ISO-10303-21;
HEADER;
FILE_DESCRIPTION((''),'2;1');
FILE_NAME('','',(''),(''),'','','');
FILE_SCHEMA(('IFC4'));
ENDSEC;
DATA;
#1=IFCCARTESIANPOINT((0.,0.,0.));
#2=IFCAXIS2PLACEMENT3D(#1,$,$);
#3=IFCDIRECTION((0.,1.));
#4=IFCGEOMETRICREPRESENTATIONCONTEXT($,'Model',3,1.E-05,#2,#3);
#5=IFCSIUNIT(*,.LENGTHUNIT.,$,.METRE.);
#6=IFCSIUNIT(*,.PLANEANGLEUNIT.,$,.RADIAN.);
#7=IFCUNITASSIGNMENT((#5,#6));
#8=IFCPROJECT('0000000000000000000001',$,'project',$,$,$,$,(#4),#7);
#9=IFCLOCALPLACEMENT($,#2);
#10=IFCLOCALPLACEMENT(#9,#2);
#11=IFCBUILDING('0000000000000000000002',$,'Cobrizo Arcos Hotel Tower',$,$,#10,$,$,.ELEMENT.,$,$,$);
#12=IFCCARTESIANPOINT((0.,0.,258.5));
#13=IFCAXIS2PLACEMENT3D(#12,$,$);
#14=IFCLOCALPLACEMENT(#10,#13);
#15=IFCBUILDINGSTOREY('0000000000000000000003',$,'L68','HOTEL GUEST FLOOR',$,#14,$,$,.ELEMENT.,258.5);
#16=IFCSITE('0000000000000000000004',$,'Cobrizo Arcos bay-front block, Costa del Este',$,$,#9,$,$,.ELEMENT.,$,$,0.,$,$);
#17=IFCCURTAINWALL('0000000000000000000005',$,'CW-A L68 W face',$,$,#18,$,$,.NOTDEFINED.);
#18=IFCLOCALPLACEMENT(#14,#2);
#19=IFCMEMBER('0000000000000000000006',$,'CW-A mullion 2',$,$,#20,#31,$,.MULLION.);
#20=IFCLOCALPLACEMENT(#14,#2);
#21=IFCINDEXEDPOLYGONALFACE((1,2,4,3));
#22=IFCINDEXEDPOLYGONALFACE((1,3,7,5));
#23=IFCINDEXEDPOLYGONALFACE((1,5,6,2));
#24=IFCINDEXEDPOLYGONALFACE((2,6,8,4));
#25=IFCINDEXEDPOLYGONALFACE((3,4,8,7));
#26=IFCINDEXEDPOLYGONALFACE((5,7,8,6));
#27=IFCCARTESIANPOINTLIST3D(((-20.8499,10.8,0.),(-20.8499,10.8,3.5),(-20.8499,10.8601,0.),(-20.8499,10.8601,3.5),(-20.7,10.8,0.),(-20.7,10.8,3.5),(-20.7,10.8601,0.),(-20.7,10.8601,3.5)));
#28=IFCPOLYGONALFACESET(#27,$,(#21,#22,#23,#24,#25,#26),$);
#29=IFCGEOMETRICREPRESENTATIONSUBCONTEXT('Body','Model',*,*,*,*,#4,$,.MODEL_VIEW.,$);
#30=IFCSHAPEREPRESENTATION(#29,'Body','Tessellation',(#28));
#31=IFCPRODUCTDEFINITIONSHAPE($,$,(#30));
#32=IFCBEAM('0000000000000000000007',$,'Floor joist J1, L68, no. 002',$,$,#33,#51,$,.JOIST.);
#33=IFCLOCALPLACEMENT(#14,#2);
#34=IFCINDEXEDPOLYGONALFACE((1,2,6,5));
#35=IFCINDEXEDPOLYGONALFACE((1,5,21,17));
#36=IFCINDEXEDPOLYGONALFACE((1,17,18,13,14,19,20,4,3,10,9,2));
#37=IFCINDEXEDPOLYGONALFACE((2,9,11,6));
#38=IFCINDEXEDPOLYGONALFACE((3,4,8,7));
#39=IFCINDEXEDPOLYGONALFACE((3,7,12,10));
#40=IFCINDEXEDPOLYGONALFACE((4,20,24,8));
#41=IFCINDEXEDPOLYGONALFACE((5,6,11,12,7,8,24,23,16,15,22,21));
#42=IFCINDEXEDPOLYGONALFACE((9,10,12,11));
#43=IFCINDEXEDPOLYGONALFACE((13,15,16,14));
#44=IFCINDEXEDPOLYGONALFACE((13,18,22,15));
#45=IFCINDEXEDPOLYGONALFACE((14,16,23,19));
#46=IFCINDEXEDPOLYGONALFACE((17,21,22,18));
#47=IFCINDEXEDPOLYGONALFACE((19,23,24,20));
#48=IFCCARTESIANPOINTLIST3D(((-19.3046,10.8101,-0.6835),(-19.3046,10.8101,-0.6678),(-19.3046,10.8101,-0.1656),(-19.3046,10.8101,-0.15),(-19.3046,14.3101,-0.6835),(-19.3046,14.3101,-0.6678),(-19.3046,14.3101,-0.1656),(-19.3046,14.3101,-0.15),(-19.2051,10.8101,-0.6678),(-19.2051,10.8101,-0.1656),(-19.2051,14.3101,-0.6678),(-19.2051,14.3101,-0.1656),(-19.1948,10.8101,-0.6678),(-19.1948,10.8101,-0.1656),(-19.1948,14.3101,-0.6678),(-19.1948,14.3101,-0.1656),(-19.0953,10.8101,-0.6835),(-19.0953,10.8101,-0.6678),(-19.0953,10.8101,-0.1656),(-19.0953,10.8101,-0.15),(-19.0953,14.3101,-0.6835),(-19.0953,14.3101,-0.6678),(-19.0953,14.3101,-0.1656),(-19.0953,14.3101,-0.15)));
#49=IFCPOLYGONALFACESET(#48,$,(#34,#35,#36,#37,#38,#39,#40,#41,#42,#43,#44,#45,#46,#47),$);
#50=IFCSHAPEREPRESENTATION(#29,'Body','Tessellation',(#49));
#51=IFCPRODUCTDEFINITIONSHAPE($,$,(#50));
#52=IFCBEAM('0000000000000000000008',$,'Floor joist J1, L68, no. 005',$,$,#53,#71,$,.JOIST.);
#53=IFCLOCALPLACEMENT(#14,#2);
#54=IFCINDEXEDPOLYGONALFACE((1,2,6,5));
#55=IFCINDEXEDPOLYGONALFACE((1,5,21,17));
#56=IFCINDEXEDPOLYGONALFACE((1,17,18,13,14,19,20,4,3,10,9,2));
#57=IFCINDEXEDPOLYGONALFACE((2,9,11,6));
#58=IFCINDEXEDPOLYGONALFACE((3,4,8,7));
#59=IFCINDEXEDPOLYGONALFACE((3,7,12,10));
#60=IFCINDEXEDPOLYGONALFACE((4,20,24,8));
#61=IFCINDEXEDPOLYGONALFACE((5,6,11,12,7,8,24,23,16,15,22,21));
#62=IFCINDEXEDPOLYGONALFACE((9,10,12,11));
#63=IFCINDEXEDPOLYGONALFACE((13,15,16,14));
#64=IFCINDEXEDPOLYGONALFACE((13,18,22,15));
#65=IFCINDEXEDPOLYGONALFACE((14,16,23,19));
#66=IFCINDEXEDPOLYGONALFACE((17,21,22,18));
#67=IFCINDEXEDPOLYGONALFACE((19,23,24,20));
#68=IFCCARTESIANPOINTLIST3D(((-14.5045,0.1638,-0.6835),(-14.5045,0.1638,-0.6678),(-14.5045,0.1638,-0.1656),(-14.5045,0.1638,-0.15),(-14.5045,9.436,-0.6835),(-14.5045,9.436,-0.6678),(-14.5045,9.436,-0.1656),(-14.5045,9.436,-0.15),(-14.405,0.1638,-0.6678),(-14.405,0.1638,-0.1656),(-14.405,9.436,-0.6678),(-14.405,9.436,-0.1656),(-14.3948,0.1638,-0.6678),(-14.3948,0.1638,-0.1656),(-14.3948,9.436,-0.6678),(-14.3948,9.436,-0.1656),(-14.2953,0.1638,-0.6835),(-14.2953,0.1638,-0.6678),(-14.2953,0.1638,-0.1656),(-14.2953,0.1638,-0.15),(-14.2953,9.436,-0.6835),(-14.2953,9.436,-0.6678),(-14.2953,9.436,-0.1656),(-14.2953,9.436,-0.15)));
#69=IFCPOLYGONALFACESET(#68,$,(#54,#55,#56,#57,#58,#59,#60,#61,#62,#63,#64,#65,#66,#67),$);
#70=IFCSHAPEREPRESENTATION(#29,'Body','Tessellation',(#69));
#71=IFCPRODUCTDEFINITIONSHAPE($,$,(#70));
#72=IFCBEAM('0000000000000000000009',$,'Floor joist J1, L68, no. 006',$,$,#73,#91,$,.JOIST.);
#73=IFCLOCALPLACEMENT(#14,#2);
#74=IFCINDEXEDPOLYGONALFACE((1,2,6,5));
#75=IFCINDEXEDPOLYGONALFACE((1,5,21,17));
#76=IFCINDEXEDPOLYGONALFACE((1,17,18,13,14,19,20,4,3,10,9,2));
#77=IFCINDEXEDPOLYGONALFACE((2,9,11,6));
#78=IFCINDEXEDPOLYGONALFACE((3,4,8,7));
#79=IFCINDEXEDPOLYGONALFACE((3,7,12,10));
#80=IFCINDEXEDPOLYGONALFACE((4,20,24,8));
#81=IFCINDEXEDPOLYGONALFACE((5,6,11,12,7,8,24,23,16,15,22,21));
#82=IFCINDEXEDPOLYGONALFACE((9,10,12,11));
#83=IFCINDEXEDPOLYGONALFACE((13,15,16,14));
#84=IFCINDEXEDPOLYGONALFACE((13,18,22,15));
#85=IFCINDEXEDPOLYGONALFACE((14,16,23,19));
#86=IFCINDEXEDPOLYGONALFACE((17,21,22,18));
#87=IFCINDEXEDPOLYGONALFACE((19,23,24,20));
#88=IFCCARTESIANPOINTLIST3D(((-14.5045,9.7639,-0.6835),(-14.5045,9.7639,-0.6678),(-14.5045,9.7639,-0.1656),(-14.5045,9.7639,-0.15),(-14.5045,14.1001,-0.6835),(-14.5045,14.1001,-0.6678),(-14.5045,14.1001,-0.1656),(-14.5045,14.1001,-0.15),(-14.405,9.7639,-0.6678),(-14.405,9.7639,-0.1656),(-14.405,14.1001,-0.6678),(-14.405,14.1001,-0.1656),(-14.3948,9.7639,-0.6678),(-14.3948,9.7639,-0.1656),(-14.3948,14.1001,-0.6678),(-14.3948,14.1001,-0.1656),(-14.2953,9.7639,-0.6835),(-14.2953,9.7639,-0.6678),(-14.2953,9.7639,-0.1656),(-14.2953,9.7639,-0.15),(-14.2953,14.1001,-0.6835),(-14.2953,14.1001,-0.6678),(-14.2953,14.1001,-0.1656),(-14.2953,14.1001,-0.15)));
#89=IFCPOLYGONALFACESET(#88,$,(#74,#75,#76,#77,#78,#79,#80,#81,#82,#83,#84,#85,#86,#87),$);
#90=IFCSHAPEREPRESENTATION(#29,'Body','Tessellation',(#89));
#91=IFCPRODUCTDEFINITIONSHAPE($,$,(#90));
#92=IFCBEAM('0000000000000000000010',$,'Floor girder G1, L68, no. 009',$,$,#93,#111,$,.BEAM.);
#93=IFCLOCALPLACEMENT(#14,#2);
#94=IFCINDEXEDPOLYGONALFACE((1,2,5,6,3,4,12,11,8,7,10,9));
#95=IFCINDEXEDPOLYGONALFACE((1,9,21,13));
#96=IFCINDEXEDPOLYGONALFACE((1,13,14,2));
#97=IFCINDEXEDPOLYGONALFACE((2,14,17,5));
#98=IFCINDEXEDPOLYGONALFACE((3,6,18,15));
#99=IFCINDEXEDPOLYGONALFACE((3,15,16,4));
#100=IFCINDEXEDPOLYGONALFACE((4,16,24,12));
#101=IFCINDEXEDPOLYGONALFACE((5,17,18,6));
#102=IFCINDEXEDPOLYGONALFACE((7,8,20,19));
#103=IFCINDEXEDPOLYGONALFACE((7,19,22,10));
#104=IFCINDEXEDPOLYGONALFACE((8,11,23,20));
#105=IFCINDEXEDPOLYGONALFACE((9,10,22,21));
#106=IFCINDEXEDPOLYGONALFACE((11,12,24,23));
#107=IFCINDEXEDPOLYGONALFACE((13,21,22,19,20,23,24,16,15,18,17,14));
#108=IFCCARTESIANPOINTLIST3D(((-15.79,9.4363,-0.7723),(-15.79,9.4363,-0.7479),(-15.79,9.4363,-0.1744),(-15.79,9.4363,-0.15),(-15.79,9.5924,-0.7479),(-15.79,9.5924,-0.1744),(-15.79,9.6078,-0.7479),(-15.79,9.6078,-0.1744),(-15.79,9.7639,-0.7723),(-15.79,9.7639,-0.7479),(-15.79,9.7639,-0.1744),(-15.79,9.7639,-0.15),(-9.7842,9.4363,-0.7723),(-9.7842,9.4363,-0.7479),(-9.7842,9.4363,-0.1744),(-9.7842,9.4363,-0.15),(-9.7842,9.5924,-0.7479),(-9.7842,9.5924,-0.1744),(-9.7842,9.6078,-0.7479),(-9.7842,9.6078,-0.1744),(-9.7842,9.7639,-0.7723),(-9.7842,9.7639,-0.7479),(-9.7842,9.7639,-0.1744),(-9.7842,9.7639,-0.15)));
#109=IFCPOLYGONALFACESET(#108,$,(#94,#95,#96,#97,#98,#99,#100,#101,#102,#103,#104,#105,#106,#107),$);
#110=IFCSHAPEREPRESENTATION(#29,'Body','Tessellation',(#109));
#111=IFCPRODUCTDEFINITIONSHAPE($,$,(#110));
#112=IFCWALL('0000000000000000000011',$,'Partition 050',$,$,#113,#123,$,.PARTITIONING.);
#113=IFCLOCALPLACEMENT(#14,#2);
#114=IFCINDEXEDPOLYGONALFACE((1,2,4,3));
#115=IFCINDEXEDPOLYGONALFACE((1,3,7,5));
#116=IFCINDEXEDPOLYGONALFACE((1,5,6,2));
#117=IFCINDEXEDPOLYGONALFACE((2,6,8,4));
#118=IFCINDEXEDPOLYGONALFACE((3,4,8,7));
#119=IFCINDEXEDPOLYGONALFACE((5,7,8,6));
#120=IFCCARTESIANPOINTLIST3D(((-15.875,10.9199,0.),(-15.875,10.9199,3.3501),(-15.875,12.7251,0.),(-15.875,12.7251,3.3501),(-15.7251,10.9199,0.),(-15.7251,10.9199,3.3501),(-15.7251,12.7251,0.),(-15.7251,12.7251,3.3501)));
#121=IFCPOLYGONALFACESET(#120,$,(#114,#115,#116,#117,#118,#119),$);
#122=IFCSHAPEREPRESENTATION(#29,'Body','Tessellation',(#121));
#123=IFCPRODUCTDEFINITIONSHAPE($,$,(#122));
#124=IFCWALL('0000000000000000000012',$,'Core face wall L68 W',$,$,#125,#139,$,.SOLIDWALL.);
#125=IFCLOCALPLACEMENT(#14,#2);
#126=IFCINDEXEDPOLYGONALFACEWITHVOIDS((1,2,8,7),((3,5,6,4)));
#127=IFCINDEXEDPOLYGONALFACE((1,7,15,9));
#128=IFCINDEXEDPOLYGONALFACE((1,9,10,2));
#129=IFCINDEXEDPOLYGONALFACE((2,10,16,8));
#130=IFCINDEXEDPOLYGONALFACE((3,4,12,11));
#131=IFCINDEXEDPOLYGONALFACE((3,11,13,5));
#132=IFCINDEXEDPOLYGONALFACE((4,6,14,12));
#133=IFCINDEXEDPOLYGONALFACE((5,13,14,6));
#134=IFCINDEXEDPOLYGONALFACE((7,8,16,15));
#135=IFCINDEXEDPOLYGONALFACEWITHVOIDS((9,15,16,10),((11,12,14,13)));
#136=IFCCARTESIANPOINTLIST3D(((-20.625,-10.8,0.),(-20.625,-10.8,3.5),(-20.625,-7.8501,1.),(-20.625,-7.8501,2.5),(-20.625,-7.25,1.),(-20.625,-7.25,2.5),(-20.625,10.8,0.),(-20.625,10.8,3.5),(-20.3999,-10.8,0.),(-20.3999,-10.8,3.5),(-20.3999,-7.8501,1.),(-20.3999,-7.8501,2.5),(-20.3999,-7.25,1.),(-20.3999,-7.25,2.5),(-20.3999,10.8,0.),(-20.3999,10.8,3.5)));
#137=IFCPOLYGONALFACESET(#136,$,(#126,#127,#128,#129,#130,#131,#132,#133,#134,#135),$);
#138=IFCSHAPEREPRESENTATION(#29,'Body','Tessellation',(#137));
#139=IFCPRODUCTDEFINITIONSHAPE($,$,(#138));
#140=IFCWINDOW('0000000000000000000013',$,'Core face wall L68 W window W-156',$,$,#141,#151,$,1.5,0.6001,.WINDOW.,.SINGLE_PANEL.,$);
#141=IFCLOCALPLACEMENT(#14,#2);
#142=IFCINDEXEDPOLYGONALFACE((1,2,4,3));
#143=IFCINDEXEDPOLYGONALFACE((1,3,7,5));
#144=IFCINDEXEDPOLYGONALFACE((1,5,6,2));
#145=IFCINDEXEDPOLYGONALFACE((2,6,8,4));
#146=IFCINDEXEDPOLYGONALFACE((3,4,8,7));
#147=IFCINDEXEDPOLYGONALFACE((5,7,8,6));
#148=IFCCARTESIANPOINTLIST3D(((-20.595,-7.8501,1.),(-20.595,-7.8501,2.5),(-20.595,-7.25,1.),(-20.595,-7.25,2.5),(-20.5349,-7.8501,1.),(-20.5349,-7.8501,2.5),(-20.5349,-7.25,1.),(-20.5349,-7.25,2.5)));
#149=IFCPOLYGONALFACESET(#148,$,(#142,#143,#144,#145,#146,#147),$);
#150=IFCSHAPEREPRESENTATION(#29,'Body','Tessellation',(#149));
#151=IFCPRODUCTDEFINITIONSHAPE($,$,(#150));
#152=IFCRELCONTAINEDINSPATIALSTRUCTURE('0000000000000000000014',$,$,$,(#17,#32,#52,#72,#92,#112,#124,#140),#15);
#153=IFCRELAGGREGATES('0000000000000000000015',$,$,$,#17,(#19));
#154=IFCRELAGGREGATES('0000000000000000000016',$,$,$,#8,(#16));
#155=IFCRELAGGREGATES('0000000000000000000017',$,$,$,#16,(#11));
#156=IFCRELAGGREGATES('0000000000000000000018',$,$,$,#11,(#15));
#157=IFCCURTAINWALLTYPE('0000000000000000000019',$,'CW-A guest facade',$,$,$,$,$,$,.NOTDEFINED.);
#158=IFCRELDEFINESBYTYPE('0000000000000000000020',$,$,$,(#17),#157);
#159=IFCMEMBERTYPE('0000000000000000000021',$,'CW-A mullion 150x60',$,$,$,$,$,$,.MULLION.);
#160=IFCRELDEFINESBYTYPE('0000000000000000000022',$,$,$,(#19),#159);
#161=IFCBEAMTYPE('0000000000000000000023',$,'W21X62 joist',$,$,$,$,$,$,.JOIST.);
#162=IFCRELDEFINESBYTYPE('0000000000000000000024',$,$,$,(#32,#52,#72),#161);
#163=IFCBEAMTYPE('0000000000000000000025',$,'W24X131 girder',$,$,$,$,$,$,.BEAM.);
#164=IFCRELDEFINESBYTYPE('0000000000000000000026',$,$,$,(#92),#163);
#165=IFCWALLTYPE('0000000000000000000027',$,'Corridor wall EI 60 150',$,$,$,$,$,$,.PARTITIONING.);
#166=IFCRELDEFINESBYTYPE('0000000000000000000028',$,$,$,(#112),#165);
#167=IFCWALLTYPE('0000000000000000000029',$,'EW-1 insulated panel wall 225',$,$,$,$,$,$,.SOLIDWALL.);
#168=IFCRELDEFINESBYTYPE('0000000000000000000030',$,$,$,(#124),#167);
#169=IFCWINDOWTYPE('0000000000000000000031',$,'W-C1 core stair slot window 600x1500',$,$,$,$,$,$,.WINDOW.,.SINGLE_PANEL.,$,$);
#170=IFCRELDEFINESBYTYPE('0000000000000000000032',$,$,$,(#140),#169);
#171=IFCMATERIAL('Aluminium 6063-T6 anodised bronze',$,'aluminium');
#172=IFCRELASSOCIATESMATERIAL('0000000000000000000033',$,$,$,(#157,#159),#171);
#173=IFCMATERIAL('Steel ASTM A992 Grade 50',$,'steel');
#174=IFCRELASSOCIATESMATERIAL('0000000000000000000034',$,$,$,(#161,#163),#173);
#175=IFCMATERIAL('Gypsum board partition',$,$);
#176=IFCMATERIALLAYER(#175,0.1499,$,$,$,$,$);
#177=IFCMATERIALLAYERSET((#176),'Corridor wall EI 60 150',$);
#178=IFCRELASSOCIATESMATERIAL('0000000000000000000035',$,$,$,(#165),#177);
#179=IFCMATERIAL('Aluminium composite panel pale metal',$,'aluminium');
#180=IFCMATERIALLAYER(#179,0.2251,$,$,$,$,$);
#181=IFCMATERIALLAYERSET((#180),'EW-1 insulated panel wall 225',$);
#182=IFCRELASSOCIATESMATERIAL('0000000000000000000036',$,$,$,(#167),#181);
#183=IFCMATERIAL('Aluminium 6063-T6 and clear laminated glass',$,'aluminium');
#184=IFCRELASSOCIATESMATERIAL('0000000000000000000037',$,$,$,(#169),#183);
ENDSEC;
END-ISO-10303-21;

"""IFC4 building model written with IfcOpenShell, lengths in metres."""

from ifc_helpers import new_model, si_unit, direction, frame, frame_2d, origin, origin_2d, place, context, subcontext, project, spatial, rectangle, i_section, extrude, material, layer, layer_set, material_profile, profile_set, type_object, element, fill, aggregate, save


model = new_model("IFC4")

# Units and contexts
model_context = context("Model", 3, precision=1e-05, world=origin(), true_north=direction((0.0, 1.0)))
body_context = subcontext(model_context, "Body", "Model", "MODEL_VIEW")
ifc_project = project(units=[si_unit("LENGTHUNIT", "METRE"), si_unit("PLANEANGLEUNIT", "RADIAN")], contexts=[model_context])

# Site, building, storey
site_placement = place(None, origin())
site = spatial("IfcSite", under=ifc_project, at=site_placement, Name="Cobrizo Arcos bay-front block, Costa del Este", CompositionType="ELEMENT", RefElevation=0.0)
building_placement = place(site_placement, origin())
building = spatial("IfcBuilding", under=site, at=building_placement, Name="Cobrizo Arcos Hotel Tower", CompositionType="ELEMENT")
storey_placement = place(building_placement, frame((0.0, 0.0, 258.5)))
storey = spatial("IfcBuildingStorey", under=building, at=storey_placement, Name="L68", Description="HOTEL GUEST FLOOR", CompositionType="ELEMENT", Elevation=258.5)

# Curtain wall, member
ifc_material_1 = material(Name="Aluminium 6063-T6 anodised bronze", Category="aluminium")
curtain_wall_type = type_object("IfcCurtainWallType", Name="CW-A guest facade", PredefinedType="NOTDEFINED", material=ifc_material_1)
curtain_wall_placement = place(storey_placement, origin())
curtain_wall = element("IfcCurtainWall", 1, at=curtain_wall_placement, inside=storey, type_object=curtain_wall_type, Name="CW-A L68 W face", PredefinedType="NOTDEFINED")
ifc_material_profile_1 = material_profile(ifc_material_1, rectangle(XDim=0.1499, YDim=0.0601, at=origin_2d()), Name="CW-A mullion 150x60")
ifc_profile_set_1 = profile_set([ifc_material_profile_1], Name="Aluminium 6063-T6 anodised bronze")
member_type = type_object("IfcMemberType", Name="CW-A mullion 150x60", PredefinedType="MULLION", material=ifc_profile_set_1)
member_placement = place(storey_placement, frame((-20.7749, 10.8301, 0.0), z_axis=(0.0, 0.0, 1.0), x_axis=(-1.0, 0.0, 0.0)))
member = element("IfcMember", 2, at=member_placement, type_object=member_type, Name="CW-A mullion 2", PredefinedType="MULLION", context=body_context, shape_type="SweptSolid", body=[
    extrude(rectangle(XDim=0.1499, YDim=0.0601, at=origin_2d()), origin(), (0.0, 0.0, 1.0), 3.5),
])
aggregate(curtain_wall, [member])

# Beams
ifc_material_2 = material(Name="Steel ASTM A992 Grade 50", Category="steel")
ifc_material_profile_2 = material_profile(ifc_material_2, i_section(OverallWidth=0.2092, OverallDepth=0.5334, WebThickness=0.0103, FlangeThickness=0.0156, at=origin_2d()), Name="W21X62")
ifc_profile_set_2 = profile_set([ifc_material_profile_2], Name="Steel ASTM A992 Grade 50")
beam_type_1 = type_object("IfcBeamType", Name="W21X62 joist", PredefinedType="JOIST", material=ifc_profile_set_2)
beam_1_placement = place(storey_placement, frame((-19.2, 10.8101, -0.4167), z_axis=(0.0, 1.0, 0.0), x_axis=(-1.0, 0.0, 0.0)))
element("IfcBeam", 3, at=beam_1_placement, inside=storey, type_object=beam_type_1, Name="Floor joist J1, L68, no. 002", PredefinedType="JOIST", context=body_context, shape_type="SweptSolid", body=[
    extrude(i_section(OverallWidth=0.2092, OverallDepth=0.5334, WebThickness=0.0103, FlangeThickness=0.0156, at=origin_2d()), origin(), (0.0, 0.0, 1.0), 3.5),
])
beam_2_placement = place(storey_placement, frame((-14.3999, 0.1638, -0.4167), z_axis=(0.0, 1.0, 0.0), x_axis=(-1.0, 0.0, 0.0)))
element("IfcBeam", 4, at=beam_2_placement, inside=storey, type_object=beam_type_1, Name="Floor joist J1, L68, no. 005", PredefinedType="JOIST", context=body_context, shape_type="SweptSolid", body=[
    extrude(i_section(OverallWidth=0.2092, OverallDepth=0.5334, WebThickness=0.0103, FlangeThickness=0.0156, at=origin_2d()), origin(), (0.0, 0.0, 1.0), 9.2722),
])
beam_3_placement = place(storey_placement, frame((-14.3999, 9.7639, -0.4167), z_axis=(0.0, 1.0, 0.0), x_axis=(-1.0, 0.0, 0.0)))
element("IfcBeam", 5, at=beam_3_placement, inside=storey, type_object=beam_type_1, Name="Floor joist J1, L68, no. 006", PredefinedType="JOIST", context=body_context, shape_type="SweptSolid", body=[
    extrude(i_section(OverallWidth=0.2092, OverallDepth=0.5334, WebThickness=0.0103, FlangeThickness=0.0156, at=origin_2d()), origin(), (0.0, 0.0, 1.0), 4.3362),
])
ifc_material_profile_3 = material_profile(ifc_material_2, i_section(OverallWidth=0.3276, OverallDepth=0.6223, WebThickness=0.0154, FlangeThickness=0.0244, at=origin_2d()), Name="W24X131")
ifc_profile_set_3 = profile_set([ifc_material_profile_3], Name="Steel ASTM A992 Grade 50")
beam_type_2 = type_object("IfcBeamType", Name="W24X131 girder", PredefinedType="BEAM", material=ifc_profile_set_3)
beam_4_placement = place(storey_placement, frame((-15.79, 9.6001, -0.4612), z_axis=(1.0, 0.0, 0.0), x_axis=(0.0, 1.0, 0.0)))
element("IfcBeam", 6, at=beam_4_placement, inside=storey, type_object=beam_type_2, Name="Floor girder G1, L68, no. 009", PredefinedType="BEAM", context=body_context, shape_type="SweptSolid", body=[
    extrude(i_section(OverallWidth=0.3276, OverallDepth=0.6223, WebThickness=0.0154, FlangeThickness=0.0244, at=origin_2d()), origin(), (0.0, 0.0, 1.0), 6.0059),
])

# Wall
ifc_material_3 = material(Name="Gypsum board partition")
ifc_layer_1 = layer(ifc_material_3, 0.1499)
ifc_layer_set_1 = layer_set([ifc_layer_1], Name="Corridor wall EI 60 150")
wall_type_1 = type_object("IfcWallType", Name="Corridor wall EI 60 150", PredefinedType="PARTITIONING", material=ifc_layer_set_1)
wall_1_placement = place(storey_placement, frame((-15.8, 10.9199, 0.0), z_axis=(0.0, 0.0, 1.0), x_axis=(0.0, 1.0, 0.0)))
element("IfcWall", 7, at=wall_1_placement, inside=storey, type_object=wall_type_1, Name="Partition 050", PredefinedType="PARTITIONING", context=body_context, shape_type="SweptSolid", body=[
    extrude(rectangle(XDim=1.8052, YDim=0.1499, at=frame_2d((0.9026, 0.0))), origin(), (0.0, 0.0, 1.0), 3.3501),
])

# Wall, opening, window
ifc_material_4 = material(Name="Aluminium composite panel pale metal", Category="aluminium")
ifc_layer_2 = layer(ifc_material_4, 0.2251)
ifc_layer_set_2 = layer_set([ifc_layer_2], Name="EW-1 insulated panel wall 225")
wall_type_2 = type_object("IfcWallType", Name="EW-1 insulated panel wall 225", PredefinedType="SOLIDWALL", material=ifc_layer_set_2)
wall_2_placement = place(storey_placement, frame((-20.5125, 10.8, 0.0), z_axis=(0.0, 0.0, 1.0), x_axis=(0.0, -1.0, 0.0)))
wall_2 = element("IfcWall", 8, at=wall_2_placement, inside=storey, type_object=wall_type_2, Name="Core face wall L68 W", PredefinedType="SOLIDWALL", context=body_context, shape_type="SweptSolid", body=[
    extrude(rectangle(XDim=21.6001, YDim=0.2251, at=frame_2d((10.8, 0.0))), origin(), (0.0, 0.0, 1.0), 3.5),
])
opening_1_placement = place(wall_2_placement, frame((18.05, 0.0, 1.0)))
opening_1 = element("IfcOpeningElement", 9, at=opening_1_placement, cuts=wall_2, PredefinedType="OPENING", context=body_context, shape_type="SweptSolid", body=[
    extrude(rectangle(XDim=0.6001, YDim=1.5, at=frame_2d((0.3, 0.75))), frame((0.0, 0.1245, 0.0), z_axis=(0.0, -1.0, 0.0), x_axis=(1.0, 0.0, 0.0)), (0.0, 0.0, 1.0), 0.249),
])
ifc_material_5 = material(Name="Aluminium 6063-T6 and clear laminated glass", Category="aluminium")
window_type = type_object("IfcWindowType", Name="W-C1 core stair slot window 600x1500", PartitioningType="SINGLE_PANEL", PredefinedType="WINDOW", material=ifc_material_5)
window_placement = place(opening_1_placement, origin())
window = element("IfcWindow", 10, at=window_placement, inside=storey, type_object=window_type, Name="Core face wall L68 W window W-156", OverallHeight=1.5, OverallWidth=0.6001, PartitioningType="SINGLE_PANEL", PredefinedType="WINDOW", context=body_context, shape_type="SweptSolid", body=[
    extrude(rectangle(XDim=0.6001, YDim=1.5, at=frame_2d((0.3, 0.75))), frame((0.0, -0.0225, 0.0), z_axis=(0.0, -1.0, 0.0), x_axis=(1.0, 0.0, 0.0)), (0.0, 0.0, 1.0), 0.0601),
])
fill(opening_1, window)

save(model, "model.ifc")
